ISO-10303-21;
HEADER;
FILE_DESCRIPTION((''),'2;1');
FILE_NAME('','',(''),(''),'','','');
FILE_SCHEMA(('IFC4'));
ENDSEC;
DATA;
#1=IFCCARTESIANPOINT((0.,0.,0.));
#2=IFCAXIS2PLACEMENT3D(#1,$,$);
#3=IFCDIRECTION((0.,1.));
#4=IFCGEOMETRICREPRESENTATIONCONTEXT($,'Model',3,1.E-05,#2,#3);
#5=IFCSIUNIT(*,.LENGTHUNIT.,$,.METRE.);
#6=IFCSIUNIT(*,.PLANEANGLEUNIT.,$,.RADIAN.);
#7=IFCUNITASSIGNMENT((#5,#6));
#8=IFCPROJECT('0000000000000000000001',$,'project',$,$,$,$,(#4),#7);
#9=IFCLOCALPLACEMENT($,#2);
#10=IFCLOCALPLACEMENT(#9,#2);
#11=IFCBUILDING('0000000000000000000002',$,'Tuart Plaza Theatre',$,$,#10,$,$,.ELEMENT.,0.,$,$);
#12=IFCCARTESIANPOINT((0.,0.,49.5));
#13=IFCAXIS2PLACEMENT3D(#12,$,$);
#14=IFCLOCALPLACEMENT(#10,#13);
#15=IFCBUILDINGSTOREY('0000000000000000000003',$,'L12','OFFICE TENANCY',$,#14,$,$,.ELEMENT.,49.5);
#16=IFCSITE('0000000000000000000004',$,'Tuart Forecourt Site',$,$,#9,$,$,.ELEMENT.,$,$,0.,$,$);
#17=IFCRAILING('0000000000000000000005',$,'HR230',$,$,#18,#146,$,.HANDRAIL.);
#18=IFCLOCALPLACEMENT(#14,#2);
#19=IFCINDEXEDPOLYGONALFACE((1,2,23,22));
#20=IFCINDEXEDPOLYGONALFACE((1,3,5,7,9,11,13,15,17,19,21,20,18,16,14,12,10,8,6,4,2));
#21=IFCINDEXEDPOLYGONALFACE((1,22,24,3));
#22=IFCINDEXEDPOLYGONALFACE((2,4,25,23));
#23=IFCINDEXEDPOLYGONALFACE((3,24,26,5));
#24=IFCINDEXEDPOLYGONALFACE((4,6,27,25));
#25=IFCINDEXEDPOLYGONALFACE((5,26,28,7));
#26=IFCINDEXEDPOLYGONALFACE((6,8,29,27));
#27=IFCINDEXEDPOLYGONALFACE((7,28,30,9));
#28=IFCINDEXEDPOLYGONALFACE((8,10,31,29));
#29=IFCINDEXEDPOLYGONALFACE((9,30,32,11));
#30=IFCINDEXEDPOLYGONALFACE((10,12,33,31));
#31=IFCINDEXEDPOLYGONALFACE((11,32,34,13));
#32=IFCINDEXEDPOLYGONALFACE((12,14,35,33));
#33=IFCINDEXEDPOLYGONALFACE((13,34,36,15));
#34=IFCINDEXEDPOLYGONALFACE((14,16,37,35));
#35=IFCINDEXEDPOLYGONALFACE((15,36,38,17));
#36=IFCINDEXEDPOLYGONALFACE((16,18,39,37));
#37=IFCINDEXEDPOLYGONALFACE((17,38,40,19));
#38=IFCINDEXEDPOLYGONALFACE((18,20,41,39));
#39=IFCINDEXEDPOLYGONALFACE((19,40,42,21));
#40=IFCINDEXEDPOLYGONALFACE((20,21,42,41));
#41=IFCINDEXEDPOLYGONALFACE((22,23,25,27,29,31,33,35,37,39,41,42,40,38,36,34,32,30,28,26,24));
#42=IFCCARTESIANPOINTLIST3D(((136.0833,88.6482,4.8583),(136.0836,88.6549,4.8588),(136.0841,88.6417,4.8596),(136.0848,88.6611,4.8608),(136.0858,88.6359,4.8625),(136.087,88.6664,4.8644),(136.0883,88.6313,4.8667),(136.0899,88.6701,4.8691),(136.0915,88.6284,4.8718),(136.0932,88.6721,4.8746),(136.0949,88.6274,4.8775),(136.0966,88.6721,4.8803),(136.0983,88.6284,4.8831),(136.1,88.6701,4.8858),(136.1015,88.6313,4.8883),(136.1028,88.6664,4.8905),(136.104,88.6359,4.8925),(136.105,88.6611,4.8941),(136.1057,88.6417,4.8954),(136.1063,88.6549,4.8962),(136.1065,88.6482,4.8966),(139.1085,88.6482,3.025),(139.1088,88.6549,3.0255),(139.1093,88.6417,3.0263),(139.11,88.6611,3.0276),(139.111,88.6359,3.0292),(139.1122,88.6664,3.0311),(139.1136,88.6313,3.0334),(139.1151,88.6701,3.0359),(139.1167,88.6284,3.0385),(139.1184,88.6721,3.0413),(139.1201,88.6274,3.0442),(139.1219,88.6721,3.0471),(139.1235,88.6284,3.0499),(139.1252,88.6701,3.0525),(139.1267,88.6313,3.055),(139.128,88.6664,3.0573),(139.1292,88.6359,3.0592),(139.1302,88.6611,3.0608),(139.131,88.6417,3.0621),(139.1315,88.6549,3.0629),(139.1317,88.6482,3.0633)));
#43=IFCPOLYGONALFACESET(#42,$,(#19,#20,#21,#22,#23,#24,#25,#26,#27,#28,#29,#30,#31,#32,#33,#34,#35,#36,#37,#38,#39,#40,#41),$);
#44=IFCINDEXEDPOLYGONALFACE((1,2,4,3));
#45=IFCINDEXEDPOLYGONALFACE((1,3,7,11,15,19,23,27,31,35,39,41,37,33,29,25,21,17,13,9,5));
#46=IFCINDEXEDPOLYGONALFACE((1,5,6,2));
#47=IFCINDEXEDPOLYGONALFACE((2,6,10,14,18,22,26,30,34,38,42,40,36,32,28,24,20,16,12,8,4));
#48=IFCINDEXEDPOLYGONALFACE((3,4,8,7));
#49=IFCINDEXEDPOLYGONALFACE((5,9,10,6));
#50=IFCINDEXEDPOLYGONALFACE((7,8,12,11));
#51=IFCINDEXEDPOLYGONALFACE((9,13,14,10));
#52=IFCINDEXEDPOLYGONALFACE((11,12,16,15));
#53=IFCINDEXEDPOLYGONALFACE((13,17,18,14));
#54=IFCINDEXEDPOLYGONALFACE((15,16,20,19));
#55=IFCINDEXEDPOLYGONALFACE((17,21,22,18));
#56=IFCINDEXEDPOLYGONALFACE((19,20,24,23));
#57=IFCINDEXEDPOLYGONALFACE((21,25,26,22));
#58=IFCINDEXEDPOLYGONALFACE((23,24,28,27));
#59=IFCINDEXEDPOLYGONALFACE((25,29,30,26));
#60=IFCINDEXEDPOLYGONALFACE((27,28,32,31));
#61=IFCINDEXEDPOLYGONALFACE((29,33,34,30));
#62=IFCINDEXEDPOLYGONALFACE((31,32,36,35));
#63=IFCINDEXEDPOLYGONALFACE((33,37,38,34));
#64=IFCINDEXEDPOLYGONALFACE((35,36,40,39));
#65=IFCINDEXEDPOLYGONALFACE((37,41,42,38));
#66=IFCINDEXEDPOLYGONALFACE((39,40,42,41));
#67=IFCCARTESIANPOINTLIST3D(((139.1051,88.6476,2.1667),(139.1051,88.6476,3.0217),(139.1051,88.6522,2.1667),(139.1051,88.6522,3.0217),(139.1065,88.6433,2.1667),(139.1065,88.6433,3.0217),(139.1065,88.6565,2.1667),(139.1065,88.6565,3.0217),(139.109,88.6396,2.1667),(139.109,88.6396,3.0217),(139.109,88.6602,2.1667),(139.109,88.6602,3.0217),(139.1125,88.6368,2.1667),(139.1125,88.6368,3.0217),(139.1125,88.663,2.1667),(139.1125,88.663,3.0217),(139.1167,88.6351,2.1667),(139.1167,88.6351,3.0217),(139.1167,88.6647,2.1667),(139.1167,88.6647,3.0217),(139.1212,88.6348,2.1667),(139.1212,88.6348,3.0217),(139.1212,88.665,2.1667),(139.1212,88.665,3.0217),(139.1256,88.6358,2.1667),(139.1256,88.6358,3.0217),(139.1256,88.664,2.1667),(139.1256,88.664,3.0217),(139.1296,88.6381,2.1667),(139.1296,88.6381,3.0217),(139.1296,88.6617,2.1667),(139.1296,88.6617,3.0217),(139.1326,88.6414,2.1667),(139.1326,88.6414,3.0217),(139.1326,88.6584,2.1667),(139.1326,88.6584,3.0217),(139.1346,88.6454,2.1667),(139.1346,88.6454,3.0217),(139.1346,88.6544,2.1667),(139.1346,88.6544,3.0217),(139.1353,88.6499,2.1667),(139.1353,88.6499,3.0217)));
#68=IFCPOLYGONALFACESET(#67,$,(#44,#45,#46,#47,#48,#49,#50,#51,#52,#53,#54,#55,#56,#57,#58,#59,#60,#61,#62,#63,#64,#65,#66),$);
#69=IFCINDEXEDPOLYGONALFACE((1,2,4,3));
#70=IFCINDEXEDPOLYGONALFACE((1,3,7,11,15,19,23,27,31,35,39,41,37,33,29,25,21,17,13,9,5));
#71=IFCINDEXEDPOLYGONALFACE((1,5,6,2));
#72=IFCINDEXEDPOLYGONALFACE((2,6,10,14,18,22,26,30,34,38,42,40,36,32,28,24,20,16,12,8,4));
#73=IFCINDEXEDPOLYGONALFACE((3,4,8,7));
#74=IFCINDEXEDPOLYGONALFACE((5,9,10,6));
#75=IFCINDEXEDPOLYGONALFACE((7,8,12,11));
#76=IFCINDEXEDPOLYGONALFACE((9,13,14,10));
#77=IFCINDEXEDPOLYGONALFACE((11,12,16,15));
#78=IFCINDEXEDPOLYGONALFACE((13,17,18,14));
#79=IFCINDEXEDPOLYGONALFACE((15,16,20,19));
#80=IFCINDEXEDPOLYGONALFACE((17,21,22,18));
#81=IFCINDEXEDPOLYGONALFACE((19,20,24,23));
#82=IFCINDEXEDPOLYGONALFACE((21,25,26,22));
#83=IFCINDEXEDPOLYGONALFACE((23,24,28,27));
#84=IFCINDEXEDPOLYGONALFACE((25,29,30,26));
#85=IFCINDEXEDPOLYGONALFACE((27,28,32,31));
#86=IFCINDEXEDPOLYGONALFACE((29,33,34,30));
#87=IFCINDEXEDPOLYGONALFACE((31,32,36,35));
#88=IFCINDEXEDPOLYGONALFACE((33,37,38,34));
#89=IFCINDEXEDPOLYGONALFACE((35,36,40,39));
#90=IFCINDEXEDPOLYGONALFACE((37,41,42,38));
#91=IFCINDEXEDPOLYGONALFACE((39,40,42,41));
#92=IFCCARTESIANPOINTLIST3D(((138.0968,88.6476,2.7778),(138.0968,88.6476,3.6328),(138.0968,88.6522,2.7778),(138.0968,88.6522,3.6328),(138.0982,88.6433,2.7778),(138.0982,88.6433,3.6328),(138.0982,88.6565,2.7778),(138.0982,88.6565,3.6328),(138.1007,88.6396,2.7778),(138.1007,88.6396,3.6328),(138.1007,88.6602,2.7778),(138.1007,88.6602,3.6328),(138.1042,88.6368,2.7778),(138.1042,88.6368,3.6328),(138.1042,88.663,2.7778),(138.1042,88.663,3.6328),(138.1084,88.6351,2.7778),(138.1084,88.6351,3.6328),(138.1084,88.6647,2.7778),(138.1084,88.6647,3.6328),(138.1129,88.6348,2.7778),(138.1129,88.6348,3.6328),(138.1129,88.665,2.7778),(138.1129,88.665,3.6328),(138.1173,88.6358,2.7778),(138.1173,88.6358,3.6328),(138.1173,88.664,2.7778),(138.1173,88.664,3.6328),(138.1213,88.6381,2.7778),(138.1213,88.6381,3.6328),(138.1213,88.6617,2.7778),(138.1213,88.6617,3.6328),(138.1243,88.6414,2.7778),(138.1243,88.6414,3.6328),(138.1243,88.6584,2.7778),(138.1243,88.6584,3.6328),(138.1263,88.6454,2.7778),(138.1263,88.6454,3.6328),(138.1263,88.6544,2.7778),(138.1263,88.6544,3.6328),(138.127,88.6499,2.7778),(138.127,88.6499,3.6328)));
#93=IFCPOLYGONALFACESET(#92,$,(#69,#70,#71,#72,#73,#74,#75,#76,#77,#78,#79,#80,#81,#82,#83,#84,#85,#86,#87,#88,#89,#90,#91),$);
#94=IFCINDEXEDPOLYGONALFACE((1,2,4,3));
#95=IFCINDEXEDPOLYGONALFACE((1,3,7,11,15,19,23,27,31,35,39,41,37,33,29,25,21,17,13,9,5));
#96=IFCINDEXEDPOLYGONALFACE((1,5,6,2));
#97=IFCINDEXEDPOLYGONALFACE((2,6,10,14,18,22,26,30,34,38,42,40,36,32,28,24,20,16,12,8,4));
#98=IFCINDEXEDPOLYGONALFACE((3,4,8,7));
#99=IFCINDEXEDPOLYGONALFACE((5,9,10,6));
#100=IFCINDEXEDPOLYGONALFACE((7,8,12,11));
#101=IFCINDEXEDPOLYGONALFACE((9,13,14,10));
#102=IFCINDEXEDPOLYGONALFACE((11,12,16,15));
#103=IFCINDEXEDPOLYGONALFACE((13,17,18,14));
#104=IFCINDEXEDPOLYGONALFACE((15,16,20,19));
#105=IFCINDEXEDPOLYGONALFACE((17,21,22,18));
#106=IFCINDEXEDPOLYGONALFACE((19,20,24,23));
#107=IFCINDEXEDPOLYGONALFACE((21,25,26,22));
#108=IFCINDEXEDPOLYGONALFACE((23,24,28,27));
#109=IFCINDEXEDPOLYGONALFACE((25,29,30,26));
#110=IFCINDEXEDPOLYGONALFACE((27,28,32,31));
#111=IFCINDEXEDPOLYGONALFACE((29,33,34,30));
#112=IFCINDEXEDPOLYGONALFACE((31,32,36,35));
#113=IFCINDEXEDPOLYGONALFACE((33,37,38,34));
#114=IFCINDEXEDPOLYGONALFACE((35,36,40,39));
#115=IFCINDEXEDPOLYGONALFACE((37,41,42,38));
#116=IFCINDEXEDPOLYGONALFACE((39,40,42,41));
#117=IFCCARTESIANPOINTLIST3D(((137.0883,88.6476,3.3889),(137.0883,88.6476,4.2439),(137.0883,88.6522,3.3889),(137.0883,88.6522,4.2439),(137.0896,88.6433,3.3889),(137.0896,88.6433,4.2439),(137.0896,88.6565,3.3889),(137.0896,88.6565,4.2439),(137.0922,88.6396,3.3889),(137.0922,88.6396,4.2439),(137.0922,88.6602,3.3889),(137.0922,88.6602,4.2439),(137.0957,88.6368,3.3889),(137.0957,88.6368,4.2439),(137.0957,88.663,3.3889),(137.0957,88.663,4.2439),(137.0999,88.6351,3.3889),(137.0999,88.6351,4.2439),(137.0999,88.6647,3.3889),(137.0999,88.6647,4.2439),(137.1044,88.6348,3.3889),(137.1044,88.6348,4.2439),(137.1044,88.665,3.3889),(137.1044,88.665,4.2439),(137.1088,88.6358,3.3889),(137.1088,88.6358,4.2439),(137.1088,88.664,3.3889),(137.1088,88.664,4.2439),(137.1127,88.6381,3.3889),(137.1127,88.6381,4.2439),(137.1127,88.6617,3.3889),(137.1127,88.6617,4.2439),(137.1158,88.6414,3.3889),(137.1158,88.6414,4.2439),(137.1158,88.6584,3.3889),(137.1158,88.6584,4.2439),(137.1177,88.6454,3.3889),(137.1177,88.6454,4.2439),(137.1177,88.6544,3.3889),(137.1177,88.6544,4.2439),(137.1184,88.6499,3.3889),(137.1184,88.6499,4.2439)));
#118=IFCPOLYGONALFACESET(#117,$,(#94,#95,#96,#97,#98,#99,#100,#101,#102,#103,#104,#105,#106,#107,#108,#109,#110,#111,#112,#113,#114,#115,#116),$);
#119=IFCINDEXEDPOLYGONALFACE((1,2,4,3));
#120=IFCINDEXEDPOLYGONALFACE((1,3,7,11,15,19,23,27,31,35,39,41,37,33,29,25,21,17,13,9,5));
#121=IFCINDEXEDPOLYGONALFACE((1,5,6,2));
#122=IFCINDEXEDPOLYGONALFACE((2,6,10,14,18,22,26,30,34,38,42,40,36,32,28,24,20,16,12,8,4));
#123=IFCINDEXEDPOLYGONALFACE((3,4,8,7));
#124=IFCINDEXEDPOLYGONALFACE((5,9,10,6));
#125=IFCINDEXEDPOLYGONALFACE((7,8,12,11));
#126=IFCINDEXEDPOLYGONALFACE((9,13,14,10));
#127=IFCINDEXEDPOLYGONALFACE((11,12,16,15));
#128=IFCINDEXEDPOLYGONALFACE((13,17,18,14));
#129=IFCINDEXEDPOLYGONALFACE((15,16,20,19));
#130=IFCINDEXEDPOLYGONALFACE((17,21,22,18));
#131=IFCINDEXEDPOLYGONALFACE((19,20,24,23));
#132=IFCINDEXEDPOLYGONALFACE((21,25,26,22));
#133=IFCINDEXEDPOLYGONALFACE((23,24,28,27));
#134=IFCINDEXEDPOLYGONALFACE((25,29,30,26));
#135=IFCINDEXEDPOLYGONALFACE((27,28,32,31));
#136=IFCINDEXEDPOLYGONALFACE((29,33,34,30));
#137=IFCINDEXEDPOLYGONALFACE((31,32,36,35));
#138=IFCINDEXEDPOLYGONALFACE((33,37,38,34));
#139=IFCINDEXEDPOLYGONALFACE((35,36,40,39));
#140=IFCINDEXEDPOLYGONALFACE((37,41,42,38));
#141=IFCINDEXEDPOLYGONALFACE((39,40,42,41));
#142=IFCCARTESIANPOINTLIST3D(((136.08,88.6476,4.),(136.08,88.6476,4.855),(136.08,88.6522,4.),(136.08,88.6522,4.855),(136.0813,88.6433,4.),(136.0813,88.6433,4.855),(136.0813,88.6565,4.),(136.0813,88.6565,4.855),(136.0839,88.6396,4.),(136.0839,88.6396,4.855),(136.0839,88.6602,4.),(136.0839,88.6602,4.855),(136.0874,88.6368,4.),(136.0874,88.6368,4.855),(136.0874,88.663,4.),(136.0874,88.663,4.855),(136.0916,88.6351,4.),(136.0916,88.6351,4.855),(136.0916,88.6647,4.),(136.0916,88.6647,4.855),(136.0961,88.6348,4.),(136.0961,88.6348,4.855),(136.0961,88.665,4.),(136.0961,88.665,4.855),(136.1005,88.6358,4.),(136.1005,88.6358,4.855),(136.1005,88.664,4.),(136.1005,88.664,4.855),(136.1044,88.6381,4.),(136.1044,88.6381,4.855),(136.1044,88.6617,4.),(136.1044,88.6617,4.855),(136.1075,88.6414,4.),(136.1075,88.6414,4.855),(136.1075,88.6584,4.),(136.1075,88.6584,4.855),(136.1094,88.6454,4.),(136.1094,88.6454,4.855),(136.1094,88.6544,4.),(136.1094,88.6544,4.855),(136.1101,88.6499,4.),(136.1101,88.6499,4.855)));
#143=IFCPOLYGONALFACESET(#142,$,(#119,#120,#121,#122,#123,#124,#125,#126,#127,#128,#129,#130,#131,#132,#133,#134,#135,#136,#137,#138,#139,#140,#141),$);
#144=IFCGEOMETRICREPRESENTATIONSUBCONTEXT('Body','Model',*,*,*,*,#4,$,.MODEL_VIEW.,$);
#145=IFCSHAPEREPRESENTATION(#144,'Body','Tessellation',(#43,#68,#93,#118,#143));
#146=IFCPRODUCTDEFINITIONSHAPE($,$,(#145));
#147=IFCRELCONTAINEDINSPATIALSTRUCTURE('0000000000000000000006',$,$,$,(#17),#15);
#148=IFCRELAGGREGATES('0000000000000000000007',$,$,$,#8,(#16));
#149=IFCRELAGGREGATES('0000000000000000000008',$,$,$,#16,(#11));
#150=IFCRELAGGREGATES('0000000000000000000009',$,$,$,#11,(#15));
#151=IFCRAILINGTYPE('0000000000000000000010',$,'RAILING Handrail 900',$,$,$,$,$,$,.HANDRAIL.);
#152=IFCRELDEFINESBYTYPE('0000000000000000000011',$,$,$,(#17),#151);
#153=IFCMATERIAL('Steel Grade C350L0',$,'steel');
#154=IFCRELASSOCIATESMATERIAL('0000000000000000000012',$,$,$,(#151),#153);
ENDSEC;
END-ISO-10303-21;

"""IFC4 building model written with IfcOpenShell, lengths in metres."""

from ifc_helpers import new_model, si_unit, direction, frame, origin, origin_2d, place, context, subcontext, project, spatial, circle, extrude, material, type_object, element, save


model = new_model("IFC4")

# Units and contexts
model_context = context("Model", 3, precision=1e-05, world=origin(), true_north=direction((0.0, 1.0)))
body_context = subcontext(model_context, "Body", "Model", "MODEL_VIEW")
ifc_project = project(units=[si_unit("LENGTHUNIT", "METRE"), si_unit("PLANEANGLEUNIT", "RADIAN")], contexts=[model_context])

# Site, building, storey
site_placement = place(None, origin())
site = spatial("IfcSite", under=ifc_project, at=site_placement, Name="Tuart Forecourt Site", CompositionType="ELEMENT", RefElevation=0.0)
building_placement = place(site_placement, origin())
building = spatial("IfcBuilding", under=site, at=building_placement, Name="Tuart Plaza Theatre", CompositionType="ELEMENT", ElevationOfRefHeight=0.0)
storey_placement = place(building_placement, frame((0.0, 0.0, 49.5)))
storey = spatial("IfcBuildingStorey", under=building, at=storey_placement, Name="L12", Description="OFFICE TENANCY", CompositionType="ELEMENT", Elevation=49.5)

# Railing
ifc_material_1 = material(Name="Steel Grade C350L0", Category="steel")
railing_type_1 = type_object("IfcRailingType", Name="RAILING Handrail 900", PredefinedType="HANDRAIL", material=ifc_material_1)
for number, where, name in (
    (1, (139.1201, 88.6499, 2.1667), "HR230"),
):
    element("IfcRailing", number, at=place(storey_placement, frame(where)), inside=storey, type_object=railing_type_1, Name=name, PredefinedType="HANDRAIL", context=body_context, shape_type="SweptSolid", body=[
        extrude(circle(Radius=0.0225, at=origin_2d()), frame((0.0, 0.0, 0.8774), z_axis=(-0.855219, 0.0, 0.518267), x_axis=(0.0, -1.0, 0.0)), (0.0, 0.0, 1.0), 3.5374),
        extrude(circle(Radius=0.0151, at=origin_2d()), origin(), (0.0, 0.0, 1.0), 0.855),
        extrude(circle(Radius=0.0151, at=origin_2d()), frame((-1.0083, 0.0, 0.6111)), (0.0, 0.0, 1.0), 0.855),
        extrude(circle(Radius=0.0151, at=origin_2d()), frame((-2.0168, 0.0, 1.2222)), (0.0, 0.0, 1.0), 0.855),
        extrude(circle(Radius=0.0151, at=origin_2d()), frame((-3.0251, 0.0, 1.8333)), (0.0, 0.0, 1.0), 0.855),
    ])

save(model, "model.ifc")
